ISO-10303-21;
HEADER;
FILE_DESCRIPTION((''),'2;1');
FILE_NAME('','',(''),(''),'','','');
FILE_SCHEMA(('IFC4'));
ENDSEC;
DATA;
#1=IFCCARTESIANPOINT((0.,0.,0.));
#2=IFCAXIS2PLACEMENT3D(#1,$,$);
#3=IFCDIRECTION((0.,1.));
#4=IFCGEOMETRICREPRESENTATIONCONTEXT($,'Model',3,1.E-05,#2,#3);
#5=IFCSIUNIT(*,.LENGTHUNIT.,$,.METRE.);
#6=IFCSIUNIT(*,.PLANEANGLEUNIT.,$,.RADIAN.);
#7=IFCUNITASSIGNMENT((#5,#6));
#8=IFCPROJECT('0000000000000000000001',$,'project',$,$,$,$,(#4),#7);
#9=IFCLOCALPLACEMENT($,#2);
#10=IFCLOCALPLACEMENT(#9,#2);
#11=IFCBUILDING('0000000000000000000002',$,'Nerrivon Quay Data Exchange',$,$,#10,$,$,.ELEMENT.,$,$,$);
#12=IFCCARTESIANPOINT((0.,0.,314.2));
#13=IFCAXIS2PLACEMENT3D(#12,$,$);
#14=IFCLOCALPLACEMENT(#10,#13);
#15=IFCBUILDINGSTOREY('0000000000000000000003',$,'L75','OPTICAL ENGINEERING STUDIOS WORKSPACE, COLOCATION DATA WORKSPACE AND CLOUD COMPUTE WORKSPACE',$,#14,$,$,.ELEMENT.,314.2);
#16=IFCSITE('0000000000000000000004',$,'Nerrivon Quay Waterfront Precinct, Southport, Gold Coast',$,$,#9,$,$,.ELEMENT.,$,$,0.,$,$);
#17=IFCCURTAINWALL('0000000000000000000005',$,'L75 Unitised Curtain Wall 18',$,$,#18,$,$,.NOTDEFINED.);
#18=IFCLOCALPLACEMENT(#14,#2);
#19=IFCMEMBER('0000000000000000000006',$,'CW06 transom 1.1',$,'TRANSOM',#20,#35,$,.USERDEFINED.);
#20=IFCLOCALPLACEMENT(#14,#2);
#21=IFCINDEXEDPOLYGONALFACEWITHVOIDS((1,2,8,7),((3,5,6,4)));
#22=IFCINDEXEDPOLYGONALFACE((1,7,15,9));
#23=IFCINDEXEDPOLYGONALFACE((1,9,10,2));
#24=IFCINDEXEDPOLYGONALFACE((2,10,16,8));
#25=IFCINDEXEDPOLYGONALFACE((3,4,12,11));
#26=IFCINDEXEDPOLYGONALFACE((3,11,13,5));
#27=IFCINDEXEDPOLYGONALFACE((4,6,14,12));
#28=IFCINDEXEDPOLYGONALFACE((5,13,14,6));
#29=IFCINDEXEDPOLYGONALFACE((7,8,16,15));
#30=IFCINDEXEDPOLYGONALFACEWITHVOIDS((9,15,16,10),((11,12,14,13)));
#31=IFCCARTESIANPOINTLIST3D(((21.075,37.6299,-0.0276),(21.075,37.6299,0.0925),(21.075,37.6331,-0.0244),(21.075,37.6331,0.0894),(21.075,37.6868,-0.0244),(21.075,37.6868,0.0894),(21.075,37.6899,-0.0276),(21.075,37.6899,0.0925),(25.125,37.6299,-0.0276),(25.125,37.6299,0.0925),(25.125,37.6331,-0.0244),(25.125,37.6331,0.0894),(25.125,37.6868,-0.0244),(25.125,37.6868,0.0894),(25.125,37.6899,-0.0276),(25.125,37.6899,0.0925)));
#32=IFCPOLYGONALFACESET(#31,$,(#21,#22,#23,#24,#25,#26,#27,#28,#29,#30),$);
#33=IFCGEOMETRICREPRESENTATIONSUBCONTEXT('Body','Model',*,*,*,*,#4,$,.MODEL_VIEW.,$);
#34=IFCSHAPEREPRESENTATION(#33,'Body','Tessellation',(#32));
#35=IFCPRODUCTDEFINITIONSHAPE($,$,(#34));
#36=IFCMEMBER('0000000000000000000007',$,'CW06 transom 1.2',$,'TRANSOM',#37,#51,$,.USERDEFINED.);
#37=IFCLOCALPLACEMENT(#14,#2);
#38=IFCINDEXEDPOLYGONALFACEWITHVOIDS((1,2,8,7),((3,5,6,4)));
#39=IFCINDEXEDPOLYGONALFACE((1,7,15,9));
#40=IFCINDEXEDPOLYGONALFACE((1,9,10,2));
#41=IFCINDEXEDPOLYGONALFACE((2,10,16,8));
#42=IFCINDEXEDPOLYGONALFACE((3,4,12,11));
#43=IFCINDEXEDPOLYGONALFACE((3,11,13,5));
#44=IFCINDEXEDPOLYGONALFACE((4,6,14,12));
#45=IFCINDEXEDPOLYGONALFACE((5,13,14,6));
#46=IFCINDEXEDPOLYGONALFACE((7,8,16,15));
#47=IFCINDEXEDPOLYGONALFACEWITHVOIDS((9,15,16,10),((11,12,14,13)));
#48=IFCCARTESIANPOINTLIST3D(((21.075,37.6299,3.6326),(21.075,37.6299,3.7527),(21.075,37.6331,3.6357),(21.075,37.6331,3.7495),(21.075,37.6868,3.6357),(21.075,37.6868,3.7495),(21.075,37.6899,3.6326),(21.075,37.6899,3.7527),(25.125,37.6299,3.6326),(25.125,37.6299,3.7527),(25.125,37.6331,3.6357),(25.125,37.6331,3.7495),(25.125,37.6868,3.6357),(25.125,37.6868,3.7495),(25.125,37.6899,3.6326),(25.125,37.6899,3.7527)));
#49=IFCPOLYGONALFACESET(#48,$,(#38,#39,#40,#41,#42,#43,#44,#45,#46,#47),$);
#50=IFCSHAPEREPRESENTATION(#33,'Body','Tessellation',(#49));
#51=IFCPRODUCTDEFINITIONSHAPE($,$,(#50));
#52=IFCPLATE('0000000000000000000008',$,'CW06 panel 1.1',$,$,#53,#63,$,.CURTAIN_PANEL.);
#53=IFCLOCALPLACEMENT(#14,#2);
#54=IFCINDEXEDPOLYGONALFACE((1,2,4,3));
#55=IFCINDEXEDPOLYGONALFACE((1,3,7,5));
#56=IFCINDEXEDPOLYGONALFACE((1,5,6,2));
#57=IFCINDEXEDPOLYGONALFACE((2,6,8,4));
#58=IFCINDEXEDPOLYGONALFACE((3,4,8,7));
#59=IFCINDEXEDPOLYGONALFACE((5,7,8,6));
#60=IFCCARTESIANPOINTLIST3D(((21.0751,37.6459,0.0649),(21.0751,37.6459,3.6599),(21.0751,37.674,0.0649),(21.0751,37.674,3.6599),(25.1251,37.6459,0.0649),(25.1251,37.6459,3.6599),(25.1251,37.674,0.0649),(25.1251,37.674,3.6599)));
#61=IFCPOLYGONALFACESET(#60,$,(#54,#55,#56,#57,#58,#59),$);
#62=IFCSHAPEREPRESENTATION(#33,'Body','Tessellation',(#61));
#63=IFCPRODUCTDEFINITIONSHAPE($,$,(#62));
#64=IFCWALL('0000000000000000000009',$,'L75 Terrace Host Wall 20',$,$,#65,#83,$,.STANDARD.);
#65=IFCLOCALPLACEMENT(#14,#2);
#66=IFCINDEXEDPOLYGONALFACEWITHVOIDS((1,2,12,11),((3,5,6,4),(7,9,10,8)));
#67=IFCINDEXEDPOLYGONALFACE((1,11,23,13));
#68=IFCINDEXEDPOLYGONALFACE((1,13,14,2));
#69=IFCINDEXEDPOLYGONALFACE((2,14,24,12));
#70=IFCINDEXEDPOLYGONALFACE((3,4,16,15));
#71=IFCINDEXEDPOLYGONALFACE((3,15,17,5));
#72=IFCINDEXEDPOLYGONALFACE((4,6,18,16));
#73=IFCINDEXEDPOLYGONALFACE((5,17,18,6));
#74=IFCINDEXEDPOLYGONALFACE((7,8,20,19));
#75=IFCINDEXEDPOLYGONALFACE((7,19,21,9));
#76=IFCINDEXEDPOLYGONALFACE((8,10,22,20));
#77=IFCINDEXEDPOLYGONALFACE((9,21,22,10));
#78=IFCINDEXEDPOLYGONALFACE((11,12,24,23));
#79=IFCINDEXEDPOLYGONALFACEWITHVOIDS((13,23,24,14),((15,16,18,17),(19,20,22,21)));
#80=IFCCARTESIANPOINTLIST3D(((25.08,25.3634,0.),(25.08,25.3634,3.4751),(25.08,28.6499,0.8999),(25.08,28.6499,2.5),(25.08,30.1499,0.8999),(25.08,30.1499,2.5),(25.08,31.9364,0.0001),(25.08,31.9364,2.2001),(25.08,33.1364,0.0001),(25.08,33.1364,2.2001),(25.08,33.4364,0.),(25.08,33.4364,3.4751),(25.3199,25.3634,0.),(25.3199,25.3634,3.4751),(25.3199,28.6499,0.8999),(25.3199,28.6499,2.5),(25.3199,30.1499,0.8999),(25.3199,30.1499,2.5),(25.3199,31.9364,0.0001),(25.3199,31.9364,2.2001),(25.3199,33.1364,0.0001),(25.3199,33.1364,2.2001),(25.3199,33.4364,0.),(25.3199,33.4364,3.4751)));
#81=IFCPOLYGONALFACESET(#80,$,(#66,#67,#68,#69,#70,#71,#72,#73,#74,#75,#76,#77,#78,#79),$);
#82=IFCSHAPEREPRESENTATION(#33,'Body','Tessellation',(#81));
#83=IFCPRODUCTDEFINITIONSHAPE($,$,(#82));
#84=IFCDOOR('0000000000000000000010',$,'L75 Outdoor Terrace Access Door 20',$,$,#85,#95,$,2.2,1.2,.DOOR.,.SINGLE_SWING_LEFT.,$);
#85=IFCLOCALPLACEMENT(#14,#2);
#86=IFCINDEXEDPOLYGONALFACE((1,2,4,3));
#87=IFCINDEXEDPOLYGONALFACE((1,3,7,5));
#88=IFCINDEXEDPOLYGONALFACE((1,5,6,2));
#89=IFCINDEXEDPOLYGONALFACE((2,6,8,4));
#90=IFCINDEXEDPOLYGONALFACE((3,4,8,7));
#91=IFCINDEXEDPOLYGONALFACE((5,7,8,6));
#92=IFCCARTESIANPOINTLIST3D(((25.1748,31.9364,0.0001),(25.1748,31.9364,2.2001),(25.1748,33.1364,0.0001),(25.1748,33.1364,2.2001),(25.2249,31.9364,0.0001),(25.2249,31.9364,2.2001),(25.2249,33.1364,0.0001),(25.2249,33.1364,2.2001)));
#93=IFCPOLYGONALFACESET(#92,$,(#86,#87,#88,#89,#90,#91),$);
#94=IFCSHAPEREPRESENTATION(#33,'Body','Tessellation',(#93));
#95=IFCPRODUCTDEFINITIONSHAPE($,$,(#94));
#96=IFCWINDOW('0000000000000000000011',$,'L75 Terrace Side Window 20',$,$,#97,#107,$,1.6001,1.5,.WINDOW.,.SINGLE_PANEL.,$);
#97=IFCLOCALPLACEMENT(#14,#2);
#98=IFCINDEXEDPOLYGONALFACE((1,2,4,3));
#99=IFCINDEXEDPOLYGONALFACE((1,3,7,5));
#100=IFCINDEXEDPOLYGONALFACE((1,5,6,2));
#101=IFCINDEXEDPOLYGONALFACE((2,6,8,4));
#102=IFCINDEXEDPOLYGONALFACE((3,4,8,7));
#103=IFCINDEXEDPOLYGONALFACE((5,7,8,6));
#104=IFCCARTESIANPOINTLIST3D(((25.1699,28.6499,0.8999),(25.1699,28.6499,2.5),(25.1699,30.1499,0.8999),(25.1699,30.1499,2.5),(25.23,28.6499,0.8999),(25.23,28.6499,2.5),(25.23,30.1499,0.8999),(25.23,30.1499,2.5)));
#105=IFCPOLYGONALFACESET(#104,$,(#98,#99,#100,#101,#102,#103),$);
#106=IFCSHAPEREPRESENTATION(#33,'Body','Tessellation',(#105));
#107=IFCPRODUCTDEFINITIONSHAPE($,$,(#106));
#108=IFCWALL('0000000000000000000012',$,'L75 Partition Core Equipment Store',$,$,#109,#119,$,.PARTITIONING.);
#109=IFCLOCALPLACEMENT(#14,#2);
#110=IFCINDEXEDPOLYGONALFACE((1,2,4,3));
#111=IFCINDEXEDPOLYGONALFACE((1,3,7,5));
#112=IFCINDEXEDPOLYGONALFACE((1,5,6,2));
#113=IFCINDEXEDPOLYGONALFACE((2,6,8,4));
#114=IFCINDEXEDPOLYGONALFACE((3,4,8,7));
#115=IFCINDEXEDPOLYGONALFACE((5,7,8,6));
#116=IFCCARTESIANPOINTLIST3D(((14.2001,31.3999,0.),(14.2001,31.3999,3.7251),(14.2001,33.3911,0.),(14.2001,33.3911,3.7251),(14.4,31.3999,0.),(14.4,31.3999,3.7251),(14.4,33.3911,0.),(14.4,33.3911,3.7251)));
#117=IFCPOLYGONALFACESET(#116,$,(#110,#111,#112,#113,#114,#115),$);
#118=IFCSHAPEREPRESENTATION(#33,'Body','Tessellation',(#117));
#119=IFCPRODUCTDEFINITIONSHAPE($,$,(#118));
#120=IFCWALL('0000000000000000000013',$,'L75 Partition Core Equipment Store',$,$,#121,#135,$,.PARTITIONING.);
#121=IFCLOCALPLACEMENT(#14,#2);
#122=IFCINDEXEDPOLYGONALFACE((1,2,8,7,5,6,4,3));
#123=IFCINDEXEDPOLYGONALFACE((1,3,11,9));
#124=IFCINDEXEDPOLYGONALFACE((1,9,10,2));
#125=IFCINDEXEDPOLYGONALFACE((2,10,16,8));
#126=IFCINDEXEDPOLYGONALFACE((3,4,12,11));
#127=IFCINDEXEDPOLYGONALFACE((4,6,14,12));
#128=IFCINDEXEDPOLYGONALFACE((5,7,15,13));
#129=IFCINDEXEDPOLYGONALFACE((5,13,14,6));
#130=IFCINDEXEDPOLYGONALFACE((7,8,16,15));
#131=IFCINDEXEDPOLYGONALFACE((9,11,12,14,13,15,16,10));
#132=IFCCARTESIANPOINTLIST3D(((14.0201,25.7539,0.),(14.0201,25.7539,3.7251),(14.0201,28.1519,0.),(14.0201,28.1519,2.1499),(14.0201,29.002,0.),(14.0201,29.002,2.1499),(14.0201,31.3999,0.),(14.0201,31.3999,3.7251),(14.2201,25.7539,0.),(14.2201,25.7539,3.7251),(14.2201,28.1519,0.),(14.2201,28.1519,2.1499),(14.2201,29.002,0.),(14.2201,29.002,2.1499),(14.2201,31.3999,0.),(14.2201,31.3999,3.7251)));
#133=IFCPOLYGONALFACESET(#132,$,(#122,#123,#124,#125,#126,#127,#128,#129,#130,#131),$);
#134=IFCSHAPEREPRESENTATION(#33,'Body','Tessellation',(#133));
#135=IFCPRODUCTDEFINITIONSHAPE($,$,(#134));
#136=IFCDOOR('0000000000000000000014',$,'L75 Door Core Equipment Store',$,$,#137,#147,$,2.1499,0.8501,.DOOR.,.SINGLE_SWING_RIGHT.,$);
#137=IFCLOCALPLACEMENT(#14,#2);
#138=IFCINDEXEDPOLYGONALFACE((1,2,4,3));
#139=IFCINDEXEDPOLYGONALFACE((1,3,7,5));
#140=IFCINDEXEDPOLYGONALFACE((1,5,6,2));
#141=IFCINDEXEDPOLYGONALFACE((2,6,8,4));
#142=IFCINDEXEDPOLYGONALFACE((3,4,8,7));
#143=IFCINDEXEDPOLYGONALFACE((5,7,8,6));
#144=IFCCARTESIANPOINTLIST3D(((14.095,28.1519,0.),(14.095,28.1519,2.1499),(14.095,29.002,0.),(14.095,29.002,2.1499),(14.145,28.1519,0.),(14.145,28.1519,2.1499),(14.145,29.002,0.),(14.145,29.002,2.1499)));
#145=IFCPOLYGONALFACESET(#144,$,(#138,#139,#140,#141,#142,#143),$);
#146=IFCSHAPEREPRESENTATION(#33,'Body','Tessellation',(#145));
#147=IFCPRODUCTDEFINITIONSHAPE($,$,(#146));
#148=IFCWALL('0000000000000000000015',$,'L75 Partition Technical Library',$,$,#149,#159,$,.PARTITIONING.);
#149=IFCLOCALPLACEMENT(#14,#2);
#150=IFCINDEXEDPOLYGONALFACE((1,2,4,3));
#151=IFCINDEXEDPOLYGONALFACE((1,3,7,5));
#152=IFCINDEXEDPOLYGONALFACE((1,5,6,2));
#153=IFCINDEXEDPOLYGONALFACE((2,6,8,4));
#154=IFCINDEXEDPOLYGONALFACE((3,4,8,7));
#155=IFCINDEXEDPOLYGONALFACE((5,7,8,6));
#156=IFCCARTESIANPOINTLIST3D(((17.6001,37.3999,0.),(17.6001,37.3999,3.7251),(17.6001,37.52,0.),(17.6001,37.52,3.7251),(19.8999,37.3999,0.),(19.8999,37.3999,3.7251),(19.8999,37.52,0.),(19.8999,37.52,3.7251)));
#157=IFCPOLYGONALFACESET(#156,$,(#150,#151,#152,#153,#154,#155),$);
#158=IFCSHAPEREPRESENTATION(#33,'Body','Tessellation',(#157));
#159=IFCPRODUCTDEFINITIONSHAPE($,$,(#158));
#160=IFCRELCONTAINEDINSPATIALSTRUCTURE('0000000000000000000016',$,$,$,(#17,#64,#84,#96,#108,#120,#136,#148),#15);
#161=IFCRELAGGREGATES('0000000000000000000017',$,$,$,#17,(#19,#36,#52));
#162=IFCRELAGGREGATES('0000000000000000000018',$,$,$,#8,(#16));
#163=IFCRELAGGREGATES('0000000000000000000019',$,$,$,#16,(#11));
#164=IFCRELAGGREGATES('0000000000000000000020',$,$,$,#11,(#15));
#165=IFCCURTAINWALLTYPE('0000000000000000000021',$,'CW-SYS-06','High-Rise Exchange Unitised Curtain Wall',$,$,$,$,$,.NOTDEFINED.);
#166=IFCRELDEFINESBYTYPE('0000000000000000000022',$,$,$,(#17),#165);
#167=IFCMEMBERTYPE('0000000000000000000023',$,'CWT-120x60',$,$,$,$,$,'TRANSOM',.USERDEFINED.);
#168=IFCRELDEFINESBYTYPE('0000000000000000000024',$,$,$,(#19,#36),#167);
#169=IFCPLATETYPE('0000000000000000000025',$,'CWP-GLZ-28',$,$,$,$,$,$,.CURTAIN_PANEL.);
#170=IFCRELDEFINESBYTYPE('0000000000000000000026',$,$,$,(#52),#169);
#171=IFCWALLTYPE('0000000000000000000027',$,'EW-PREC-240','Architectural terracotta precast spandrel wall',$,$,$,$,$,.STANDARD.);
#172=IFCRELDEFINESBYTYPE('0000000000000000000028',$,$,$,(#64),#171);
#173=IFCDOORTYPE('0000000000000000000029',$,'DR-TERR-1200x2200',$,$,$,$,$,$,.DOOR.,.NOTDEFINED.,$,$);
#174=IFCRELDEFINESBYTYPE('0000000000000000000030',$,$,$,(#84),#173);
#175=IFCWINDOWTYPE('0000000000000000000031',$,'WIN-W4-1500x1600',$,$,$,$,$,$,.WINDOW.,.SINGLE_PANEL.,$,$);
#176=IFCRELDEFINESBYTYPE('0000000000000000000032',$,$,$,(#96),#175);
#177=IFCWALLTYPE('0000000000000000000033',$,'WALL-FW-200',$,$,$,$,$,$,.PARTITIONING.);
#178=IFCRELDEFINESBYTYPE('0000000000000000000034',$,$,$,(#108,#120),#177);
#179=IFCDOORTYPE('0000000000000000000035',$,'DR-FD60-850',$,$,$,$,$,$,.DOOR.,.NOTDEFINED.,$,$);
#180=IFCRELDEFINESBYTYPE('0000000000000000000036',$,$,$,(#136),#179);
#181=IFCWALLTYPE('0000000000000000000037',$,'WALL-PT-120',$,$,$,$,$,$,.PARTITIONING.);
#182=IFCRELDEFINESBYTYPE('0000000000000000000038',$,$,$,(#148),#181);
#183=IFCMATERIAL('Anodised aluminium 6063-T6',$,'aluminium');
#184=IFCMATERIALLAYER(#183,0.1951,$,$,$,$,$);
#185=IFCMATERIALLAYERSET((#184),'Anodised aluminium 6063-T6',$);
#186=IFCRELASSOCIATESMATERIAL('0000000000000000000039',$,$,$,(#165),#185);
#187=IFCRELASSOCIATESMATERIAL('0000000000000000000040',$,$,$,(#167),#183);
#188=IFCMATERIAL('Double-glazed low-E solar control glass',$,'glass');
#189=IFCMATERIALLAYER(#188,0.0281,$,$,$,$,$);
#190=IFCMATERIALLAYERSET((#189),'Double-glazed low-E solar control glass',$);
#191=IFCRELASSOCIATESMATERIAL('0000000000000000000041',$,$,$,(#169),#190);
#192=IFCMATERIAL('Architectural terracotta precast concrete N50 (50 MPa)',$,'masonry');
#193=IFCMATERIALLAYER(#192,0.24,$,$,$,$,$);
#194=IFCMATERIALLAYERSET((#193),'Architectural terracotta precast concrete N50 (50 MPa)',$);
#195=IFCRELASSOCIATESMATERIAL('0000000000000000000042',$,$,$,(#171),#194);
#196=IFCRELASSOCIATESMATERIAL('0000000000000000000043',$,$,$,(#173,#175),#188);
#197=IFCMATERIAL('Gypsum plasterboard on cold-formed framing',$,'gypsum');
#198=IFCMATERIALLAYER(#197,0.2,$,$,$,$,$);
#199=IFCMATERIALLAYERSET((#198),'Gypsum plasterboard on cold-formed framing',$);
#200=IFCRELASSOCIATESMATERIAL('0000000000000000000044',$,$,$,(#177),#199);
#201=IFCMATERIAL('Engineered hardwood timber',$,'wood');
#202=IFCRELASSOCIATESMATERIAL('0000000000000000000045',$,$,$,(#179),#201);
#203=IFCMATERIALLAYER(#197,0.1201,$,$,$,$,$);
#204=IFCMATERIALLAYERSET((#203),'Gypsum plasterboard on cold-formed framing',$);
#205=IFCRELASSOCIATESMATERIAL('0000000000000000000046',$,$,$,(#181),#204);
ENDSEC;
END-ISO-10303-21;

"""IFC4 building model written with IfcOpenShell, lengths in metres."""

from ifc_helpers import new_model, si_unit, direction, frame, frame_2d, origin, origin_2d, place, context, subcontext, project, spatial, rectangle, hollow_rectangle, extrude, material, layer, layer_set, material_profile, profile_set, type_object, element, fill, aggregate, save


model = new_model("IFC4")

# Units and contexts
model_context = context("Model", 3, precision=1e-05, world=origin(), true_north=direction((0.0, 1.0)))
body_context = subcontext(model_context, "Body", "Model", "MODEL_VIEW")
ifc_project = project(units=[si_unit("LENGTHUNIT", "METRE"), si_unit("PLANEANGLEUNIT", "RADIAN")], contexts=[model_context])

# Site, building, storey
site_placement = place(None, origin())
site = spatial("IfcSite", under=ifc_project, at=site_placement, Name="Nerrivon Quay Waterfront Precinct, Southport, Gold Coast", CompositionType="ELEMENT", RefElevation=0.0)
building_placement = place(site_placement, origin())
building = spatial("IfcBuilding", under=site, at=building_placement, Name="Nerrivon Quay Data Exchange", CompositionType="ELEMENT")
storey_placement = place(building_placement, frame((0.0, 0.0, 314.2)))
storey = spatial("IfcBuildingStorey", under=building, at=storey_placement, Name="L75", Description="OPTICAL ENGINEERING STUDIOS WORKSPACE, COLOCATION DATA WORKSPACE AND CLOUD COMPUTE WORKSPACE", CompositionType="ELEMENT", Elevation=314.2)

# Curtain wall, members, plate
ifc_material_1 = material(Name="Anodised aluminium 6063-T6", Category="aluminium")
ifc_layer_1 = layer(ifc_material_1, 0.1951)
ifc_layer_set_1 = layer_set([ifc_layer_1], Name="Anodised aluminium 6063-T6")
curtain_wall_type = type_object("IfcCurtainWallType", Name="CW-SYS-06", Description="High-Rise Exchange Unitised Curtain Wall", PredefinedType="NOTDEFINED", material=ifc_layer_set_1)
curtain_wall_placement = place(storey_placement, origin())
curtain_wall = element("IfcCurtainWall", 1, at=curtain_wall_placement, inside=storey, type_object=curtain_wall_type, Name="L75 Unitised Curtain Wall 18", PredefinedType="NOTDEFINED")
ifc_material_profile_1 = material_profile(ifc_material_1, hollow_rectangle(XDim=0.0601, YDim=0.1201, WallThickness=0.0032, at=origin_2d()), Name="ALU-TRAN-120x60")
ifc_profile_set_1 = profile_set([ifc_material_profile_1], Name="Anodised aluminium 6063-T6")
member_type_1 = type_object("IfcMemberType", Name="CWT-120x60", ElementType="TRANSOM", PredefinedType="USERDEFINED", material=ifc_profile_set_1)
member_1_placement = place(storey_placement, frame((21.075, 37.6599, 0.0325), z_axis=(1.0, 0.0, 0.0), x_axis=(0.0, 1.0, 0.0)))
member_1 = element("IfcMember", 2, at=member_1_placement, type_object=member_type_1, Name="CW06 transom 1.1", ObjectType="TRANSOM", PredefinedType="USERDEFINED", context=body_context, shape_type="SweptSolid", body=[
    extrude(hollow_rectangle(XDim=0.0601, YDim=0.1201, WallThickness=0.0032, at=origin_2d()), origin(), (0.0, 0.0, 1.0), 4.05),
])
member_2_placement = place(storey_placement, frame((21.075, 37.6599, 3.6926), z_axis=(1.0, 0.0, 0.0), x_axis=(0.0, 1.0, 0.0)))
member_2 = element("IfcMember", 3, at=member_2_placement, type_object=member_type_1, Name="CW06 transom 1.2", ObjectType="TRANSOM", PredefinedType="USERDEFINED", context=body_context, shape_type="SweptSolid", body=[
    extrude(hollow_rectangle(XDim=0.0601, YDim=0.1201, WallThickness=0.0032, at=origin_2d()), origin(), (0.0, 0.0, 1.0), 4.05),
])
ifc_material_2 = material(Name="Double-glazed low-E solar control glass", Category="glass")
ifc_layer_2 = layer(ifc_material_2, 0.0281)
ifc_layer_set_2 = layer_set([ifc_layer_2], Name="Double-glazed low-E solar control glass")
plate_type = type_object("IfcPlateType", Name="CWP-GLZ-28", PredefinedType="CURTAIN_PANEL", material=ifc_layer_set_2)
plate_placement = place(storey_placement, frame((23.1001, 37.6599, 0.0649), z_axis=(0.0, 0.0, 1.0), x_axis=(1.0, 0.0, 0.0)))
plate = element("IfcPlate", 4, at=plate_placement, type_object=plate_type, Name="CW06 panel 1.1", PredefinedType="CURTAIN_PANEL", context=body_context, shape_type="SweptSolid", body=[
    extrude(rectangle(XDim=4.05, YDim=0.0281, at=origin_2d()), origin(), (0.0, 0.0, 1.0), 3.595),
])
aggregate(curtain_wall, [member_1, member_2, plate])

# Wall, openings, door, window
ifc_material_3 = material(Name="Architectural terracotta precast concrete N50 (50 MPa)", Category="masonry")
ifc_layer_3 = layer(ifc_material_3, 0.24)
ifc_layer_set_3 = layer_set([ifc_layer_3], Name="Architectural terracotta precast concrete N50 (50 MPa)")
wall_type_1 = type_object("IfcWallType", Name="EW-PREC-240", Description="Architectural terracotta precast spandrel wall", PredefinedType="STANDARD", material=ifc_layer_set_3)
wall_1_placement = place(storey_placement, frame((25.2, 33.4365, 0.0), z_axis=(0.0, 0.0, 1.0), x_axis=(0.0, -1.0, 0.0)))
wall_1 = element("IfcWall", 5, at=wall_1_placement, inside=storey, type_object=wall_type_1, Name="L75 Terrace Host Wall 20", PredefinedType="STANDARD", context=body_context, shape_type="SweptSolid", body=[
    extrude(rectangle(XDim=8.073, YDim=0.24, at=frame_2d((4.0366, 0.0))), origin(), (0.0, 0.0, 1.0), 3.4751),
])
opening_1_placement = place(wall_1_placement, frame((0.3, 0.0, 0.0)))
opening_1 = element("IfcOpeningElement", 6, at=opening_1_placement, cuts=wall_1, PredefinedType="OPENING", context=body_context, shape_type="SweptSolid", body=[
    extrude(rectangle(XDim=1.2, YDim=2.2, at=frame_2d((0.6001, 1.1001))), frame((0.0, 0.1299, 0.0), z_axis=(0.0, -1.0, 0.0), x_axis=(1.0, 0.0, 0.0)), (0.0, 0.0, 1.0), 0.26),
])
opening_2_placement = place(wall_1_placement, frame((3.2866, 0.0, 0.8999)))
opening_2 = element("IfcOpeningElement", 7, at=opening_2_placement, cuts=wall_1, PredefinedType="OPENING", context=body_context, shape_type="SweptSolid", body=[
    extrude(rectangle(XDim=1.5, YDim=1.6001, at=frame_2d((0.75, 0.8))), frame((0.0, 0.1299, 0.0), z_axis=(0.0, -1.0, 0.0), x_axis=(1.0, 0.0, 0.0)), (0.0, 0.0, 1.0), 0.26),
])
door_type_1 = type_object("IfcDoorType", Name="DR-TERR-1200x2200", OperationType="NOTDEFINED", PredefinedType="DOOR", material=ifc_material_2)
door_1_placement = place(opening_1_placement, origin())
door_1 = element("IfcDoor", 8, at=door_1_placement, inside=storey, type_object=door_type_1, Name="L75 Outdoor Terrace Access Door 20", OperationType="SINGLE_SWING_LEFT", OverallHeight=2.2, OverallWidth=1.2, PredefinedType="DOOR", context=body_context, shape_type="SweptSolid", body=[
    extrude(rectangle(XDim=1.2, YDim=2.2, at=frame_2d((0.6001, 1.1001))), frame((0.0, 0.0249, 0.0), z_axis=(0.0, -1.0, 0.0), x_axis=(1.0, 0.0, 0.0)), (0.0, 0.0, 1.0), 0.05),
])
fill(opening_1, door_1)
window_type = type_object("IfcWindowType", Name="WIN-W4-1500x1600", PartitioningType="SINGLE_PANEL", PredefinedType="WINDOW", material=ifc_material_2)
window_placement = place(opening_2_placement, origin())
window = element("IfcWindow", 9, at=window_placement, inside=storey, type_object=window_type, Name="L75 Terrace Side Window 20", OverallHeight=1.6001, OverallWidth=1.5, PartitioningType="SINGLE_PANEL", PredefinedType="WINDOW", context=body_context, shape_type="SweptSolid", body=[
    extrude(rectangle(XDim=1.5, YDim=1.6001, at=frame_2d((0.75, 0.8))), frame((0.0, 0.03, 0.0), z_axis=(0.0, -1.0, 0.0), x_axis=(1.0, 0.0, 0.0)), (0.0, 0.0, 1.0), 0.0601),
])
fill(opening_2, window)

# Wall
ifc_material_4 = material(Name="Gypsum plasterboard on cold-formed framing", Category="gypsum")
ifc_layer_4 = layer(ifc_material_4, 0.2)
ifc_layer_set_4 = layer_set([ifc_layer_4], Name="Gypsum plasterboard on cold-formed framing")
wall_type_2 = type_object("IfcWallType", Name="WALL-FW-200", PredefinedType="PARTITIONING", material=ifc_layer_set_4)
wall_2_placement = place(storey_placement, frame((14.3, 33.3911, 0.0), z_axis=(0.0, 0.0, 1.0), x_axis=(0.0, -1.0, 0.0)))
element("IfcWall", 10, at=wall_2_placement, inside=storey, type_object=wall_type_2, Name="L75 Partition Core Equipment Store", PredefinedType="PARTITIONING", context=body_context, shape_type="SweptSolid", body=[
    extrude(rectangle(XDim=1.9912, YDim=0.2, at=frame_2d((0.9956, 0.0))), origin(), (0.0, 0.0, 1.0), 3.7251),
])

# Wall, opening, door
wall_3_placement = place(storey_placement, frame((14.1201, 31.3999, 0.0), z_axis=(0.0, 0.0, 1.0), x_axis=(0.0, -1.0, 0.0)))
wall_3 = element("IfcWall", 11, at=wall_3_placement, inside=storey, type_object=wall_type_2, Name="L75 Partition Core Equipment Store", PredefinedType="PARTITIONING", context=body_context, shape_type="SweptSolid", body=[
    extrude(rectangle(XDim=5.646, YDim=0.2, at=frame_2d((2.823, 0.0))), origin(), (0.0, 0.0, 1.0), 3.7251),
])
opening_3_placement = place(wall_3_placement, frame((2.3979, 0.0, 0.0)))
opening_3 = element("IfcOpeningElement", 12, at=opening_3_placement, cuts=wall_3, PredefinedType="OPENING", context=body_context, shape_type="SweptSolid", body=[
    extrude(rectangle(XDim=0.8501, YDim=2.1499, at=frame_2d((0.425, 1.075))), frame((0.0, 0.1099, 0.0), z_axis=(0.0, -1.0, 0.0), x_axis=(1.0, 0.0, 0.0)), (0.0, 0.0, 1.0), 0.22),
])
ifc_material_5 = material(Name="Engineered hardwood timber", Category="wood")
door_type_2 = type_object("IfcDoorType", Name="DR-FD60-850", OperationType="NOTDEFINED", PredefinedType="DOOR", material=ifc_material_5)
door_2_placement = place(opening_3_placement, origin())
door_2 = element("IfcDoor", 13, at=door_2_placement, inside=storey, type_object=door_type_2, Name="L75 Door Core Equipment Store", OperationType="SINGLE_SWING_RIGHT", OverallHeight=2.1499, OverallWidth=0.8501, PredefinedType="DOOR", context=body_context, shape_type="SweptSolid", body=[
    extrude(rectangle(XDim=0.8501, YDim=2.1499, at=frame_2d((0.425, 1.075))), frame((0.0, 0.0249, 0.0), z_axis=(0.0, -1.0, 0.0), x_axis=(1.0, 0.0, 0.0)), (0.0, 0.0, 1.0), 0.05),
])
fill(opening_3, door_2)

# Wall
ifc_layer_5 = layer(ifc_material_4, 0.1201)
ifc_layer_set_5 = layer_set([ifc_layer_5], Name="Gypsum plasterboard on cold-formed framing")
wall_type_3 = type_object("IfcWallType", Name="WALL-PT-120", PredefinedType="PARTITIONING", material=ifc_layer_set_5)
wall_4_placement = place(storey_placement, frame((17.6001, 37.46, 0.0), z_axis=(0.0, 0.0, 1.0), x_axis=(1.0, 0.0, 0.0)))
element("IfcWall", 14, at=wall_4_placement, inside=storey, type_object=wall_type_3, Name="L75 Partition Technical Library", PredefinedType="PARTITIONING", context=body_context, shape_type="SweptSolid", body=[
    extrude(rectangle(XDim=2.2998, YDim=0.1201, at=frame_2d((1.1499, 0.0))), origin(), (0.0, 0.0, 1.0), 3.7251),
])

save(model, "model.ifc")
